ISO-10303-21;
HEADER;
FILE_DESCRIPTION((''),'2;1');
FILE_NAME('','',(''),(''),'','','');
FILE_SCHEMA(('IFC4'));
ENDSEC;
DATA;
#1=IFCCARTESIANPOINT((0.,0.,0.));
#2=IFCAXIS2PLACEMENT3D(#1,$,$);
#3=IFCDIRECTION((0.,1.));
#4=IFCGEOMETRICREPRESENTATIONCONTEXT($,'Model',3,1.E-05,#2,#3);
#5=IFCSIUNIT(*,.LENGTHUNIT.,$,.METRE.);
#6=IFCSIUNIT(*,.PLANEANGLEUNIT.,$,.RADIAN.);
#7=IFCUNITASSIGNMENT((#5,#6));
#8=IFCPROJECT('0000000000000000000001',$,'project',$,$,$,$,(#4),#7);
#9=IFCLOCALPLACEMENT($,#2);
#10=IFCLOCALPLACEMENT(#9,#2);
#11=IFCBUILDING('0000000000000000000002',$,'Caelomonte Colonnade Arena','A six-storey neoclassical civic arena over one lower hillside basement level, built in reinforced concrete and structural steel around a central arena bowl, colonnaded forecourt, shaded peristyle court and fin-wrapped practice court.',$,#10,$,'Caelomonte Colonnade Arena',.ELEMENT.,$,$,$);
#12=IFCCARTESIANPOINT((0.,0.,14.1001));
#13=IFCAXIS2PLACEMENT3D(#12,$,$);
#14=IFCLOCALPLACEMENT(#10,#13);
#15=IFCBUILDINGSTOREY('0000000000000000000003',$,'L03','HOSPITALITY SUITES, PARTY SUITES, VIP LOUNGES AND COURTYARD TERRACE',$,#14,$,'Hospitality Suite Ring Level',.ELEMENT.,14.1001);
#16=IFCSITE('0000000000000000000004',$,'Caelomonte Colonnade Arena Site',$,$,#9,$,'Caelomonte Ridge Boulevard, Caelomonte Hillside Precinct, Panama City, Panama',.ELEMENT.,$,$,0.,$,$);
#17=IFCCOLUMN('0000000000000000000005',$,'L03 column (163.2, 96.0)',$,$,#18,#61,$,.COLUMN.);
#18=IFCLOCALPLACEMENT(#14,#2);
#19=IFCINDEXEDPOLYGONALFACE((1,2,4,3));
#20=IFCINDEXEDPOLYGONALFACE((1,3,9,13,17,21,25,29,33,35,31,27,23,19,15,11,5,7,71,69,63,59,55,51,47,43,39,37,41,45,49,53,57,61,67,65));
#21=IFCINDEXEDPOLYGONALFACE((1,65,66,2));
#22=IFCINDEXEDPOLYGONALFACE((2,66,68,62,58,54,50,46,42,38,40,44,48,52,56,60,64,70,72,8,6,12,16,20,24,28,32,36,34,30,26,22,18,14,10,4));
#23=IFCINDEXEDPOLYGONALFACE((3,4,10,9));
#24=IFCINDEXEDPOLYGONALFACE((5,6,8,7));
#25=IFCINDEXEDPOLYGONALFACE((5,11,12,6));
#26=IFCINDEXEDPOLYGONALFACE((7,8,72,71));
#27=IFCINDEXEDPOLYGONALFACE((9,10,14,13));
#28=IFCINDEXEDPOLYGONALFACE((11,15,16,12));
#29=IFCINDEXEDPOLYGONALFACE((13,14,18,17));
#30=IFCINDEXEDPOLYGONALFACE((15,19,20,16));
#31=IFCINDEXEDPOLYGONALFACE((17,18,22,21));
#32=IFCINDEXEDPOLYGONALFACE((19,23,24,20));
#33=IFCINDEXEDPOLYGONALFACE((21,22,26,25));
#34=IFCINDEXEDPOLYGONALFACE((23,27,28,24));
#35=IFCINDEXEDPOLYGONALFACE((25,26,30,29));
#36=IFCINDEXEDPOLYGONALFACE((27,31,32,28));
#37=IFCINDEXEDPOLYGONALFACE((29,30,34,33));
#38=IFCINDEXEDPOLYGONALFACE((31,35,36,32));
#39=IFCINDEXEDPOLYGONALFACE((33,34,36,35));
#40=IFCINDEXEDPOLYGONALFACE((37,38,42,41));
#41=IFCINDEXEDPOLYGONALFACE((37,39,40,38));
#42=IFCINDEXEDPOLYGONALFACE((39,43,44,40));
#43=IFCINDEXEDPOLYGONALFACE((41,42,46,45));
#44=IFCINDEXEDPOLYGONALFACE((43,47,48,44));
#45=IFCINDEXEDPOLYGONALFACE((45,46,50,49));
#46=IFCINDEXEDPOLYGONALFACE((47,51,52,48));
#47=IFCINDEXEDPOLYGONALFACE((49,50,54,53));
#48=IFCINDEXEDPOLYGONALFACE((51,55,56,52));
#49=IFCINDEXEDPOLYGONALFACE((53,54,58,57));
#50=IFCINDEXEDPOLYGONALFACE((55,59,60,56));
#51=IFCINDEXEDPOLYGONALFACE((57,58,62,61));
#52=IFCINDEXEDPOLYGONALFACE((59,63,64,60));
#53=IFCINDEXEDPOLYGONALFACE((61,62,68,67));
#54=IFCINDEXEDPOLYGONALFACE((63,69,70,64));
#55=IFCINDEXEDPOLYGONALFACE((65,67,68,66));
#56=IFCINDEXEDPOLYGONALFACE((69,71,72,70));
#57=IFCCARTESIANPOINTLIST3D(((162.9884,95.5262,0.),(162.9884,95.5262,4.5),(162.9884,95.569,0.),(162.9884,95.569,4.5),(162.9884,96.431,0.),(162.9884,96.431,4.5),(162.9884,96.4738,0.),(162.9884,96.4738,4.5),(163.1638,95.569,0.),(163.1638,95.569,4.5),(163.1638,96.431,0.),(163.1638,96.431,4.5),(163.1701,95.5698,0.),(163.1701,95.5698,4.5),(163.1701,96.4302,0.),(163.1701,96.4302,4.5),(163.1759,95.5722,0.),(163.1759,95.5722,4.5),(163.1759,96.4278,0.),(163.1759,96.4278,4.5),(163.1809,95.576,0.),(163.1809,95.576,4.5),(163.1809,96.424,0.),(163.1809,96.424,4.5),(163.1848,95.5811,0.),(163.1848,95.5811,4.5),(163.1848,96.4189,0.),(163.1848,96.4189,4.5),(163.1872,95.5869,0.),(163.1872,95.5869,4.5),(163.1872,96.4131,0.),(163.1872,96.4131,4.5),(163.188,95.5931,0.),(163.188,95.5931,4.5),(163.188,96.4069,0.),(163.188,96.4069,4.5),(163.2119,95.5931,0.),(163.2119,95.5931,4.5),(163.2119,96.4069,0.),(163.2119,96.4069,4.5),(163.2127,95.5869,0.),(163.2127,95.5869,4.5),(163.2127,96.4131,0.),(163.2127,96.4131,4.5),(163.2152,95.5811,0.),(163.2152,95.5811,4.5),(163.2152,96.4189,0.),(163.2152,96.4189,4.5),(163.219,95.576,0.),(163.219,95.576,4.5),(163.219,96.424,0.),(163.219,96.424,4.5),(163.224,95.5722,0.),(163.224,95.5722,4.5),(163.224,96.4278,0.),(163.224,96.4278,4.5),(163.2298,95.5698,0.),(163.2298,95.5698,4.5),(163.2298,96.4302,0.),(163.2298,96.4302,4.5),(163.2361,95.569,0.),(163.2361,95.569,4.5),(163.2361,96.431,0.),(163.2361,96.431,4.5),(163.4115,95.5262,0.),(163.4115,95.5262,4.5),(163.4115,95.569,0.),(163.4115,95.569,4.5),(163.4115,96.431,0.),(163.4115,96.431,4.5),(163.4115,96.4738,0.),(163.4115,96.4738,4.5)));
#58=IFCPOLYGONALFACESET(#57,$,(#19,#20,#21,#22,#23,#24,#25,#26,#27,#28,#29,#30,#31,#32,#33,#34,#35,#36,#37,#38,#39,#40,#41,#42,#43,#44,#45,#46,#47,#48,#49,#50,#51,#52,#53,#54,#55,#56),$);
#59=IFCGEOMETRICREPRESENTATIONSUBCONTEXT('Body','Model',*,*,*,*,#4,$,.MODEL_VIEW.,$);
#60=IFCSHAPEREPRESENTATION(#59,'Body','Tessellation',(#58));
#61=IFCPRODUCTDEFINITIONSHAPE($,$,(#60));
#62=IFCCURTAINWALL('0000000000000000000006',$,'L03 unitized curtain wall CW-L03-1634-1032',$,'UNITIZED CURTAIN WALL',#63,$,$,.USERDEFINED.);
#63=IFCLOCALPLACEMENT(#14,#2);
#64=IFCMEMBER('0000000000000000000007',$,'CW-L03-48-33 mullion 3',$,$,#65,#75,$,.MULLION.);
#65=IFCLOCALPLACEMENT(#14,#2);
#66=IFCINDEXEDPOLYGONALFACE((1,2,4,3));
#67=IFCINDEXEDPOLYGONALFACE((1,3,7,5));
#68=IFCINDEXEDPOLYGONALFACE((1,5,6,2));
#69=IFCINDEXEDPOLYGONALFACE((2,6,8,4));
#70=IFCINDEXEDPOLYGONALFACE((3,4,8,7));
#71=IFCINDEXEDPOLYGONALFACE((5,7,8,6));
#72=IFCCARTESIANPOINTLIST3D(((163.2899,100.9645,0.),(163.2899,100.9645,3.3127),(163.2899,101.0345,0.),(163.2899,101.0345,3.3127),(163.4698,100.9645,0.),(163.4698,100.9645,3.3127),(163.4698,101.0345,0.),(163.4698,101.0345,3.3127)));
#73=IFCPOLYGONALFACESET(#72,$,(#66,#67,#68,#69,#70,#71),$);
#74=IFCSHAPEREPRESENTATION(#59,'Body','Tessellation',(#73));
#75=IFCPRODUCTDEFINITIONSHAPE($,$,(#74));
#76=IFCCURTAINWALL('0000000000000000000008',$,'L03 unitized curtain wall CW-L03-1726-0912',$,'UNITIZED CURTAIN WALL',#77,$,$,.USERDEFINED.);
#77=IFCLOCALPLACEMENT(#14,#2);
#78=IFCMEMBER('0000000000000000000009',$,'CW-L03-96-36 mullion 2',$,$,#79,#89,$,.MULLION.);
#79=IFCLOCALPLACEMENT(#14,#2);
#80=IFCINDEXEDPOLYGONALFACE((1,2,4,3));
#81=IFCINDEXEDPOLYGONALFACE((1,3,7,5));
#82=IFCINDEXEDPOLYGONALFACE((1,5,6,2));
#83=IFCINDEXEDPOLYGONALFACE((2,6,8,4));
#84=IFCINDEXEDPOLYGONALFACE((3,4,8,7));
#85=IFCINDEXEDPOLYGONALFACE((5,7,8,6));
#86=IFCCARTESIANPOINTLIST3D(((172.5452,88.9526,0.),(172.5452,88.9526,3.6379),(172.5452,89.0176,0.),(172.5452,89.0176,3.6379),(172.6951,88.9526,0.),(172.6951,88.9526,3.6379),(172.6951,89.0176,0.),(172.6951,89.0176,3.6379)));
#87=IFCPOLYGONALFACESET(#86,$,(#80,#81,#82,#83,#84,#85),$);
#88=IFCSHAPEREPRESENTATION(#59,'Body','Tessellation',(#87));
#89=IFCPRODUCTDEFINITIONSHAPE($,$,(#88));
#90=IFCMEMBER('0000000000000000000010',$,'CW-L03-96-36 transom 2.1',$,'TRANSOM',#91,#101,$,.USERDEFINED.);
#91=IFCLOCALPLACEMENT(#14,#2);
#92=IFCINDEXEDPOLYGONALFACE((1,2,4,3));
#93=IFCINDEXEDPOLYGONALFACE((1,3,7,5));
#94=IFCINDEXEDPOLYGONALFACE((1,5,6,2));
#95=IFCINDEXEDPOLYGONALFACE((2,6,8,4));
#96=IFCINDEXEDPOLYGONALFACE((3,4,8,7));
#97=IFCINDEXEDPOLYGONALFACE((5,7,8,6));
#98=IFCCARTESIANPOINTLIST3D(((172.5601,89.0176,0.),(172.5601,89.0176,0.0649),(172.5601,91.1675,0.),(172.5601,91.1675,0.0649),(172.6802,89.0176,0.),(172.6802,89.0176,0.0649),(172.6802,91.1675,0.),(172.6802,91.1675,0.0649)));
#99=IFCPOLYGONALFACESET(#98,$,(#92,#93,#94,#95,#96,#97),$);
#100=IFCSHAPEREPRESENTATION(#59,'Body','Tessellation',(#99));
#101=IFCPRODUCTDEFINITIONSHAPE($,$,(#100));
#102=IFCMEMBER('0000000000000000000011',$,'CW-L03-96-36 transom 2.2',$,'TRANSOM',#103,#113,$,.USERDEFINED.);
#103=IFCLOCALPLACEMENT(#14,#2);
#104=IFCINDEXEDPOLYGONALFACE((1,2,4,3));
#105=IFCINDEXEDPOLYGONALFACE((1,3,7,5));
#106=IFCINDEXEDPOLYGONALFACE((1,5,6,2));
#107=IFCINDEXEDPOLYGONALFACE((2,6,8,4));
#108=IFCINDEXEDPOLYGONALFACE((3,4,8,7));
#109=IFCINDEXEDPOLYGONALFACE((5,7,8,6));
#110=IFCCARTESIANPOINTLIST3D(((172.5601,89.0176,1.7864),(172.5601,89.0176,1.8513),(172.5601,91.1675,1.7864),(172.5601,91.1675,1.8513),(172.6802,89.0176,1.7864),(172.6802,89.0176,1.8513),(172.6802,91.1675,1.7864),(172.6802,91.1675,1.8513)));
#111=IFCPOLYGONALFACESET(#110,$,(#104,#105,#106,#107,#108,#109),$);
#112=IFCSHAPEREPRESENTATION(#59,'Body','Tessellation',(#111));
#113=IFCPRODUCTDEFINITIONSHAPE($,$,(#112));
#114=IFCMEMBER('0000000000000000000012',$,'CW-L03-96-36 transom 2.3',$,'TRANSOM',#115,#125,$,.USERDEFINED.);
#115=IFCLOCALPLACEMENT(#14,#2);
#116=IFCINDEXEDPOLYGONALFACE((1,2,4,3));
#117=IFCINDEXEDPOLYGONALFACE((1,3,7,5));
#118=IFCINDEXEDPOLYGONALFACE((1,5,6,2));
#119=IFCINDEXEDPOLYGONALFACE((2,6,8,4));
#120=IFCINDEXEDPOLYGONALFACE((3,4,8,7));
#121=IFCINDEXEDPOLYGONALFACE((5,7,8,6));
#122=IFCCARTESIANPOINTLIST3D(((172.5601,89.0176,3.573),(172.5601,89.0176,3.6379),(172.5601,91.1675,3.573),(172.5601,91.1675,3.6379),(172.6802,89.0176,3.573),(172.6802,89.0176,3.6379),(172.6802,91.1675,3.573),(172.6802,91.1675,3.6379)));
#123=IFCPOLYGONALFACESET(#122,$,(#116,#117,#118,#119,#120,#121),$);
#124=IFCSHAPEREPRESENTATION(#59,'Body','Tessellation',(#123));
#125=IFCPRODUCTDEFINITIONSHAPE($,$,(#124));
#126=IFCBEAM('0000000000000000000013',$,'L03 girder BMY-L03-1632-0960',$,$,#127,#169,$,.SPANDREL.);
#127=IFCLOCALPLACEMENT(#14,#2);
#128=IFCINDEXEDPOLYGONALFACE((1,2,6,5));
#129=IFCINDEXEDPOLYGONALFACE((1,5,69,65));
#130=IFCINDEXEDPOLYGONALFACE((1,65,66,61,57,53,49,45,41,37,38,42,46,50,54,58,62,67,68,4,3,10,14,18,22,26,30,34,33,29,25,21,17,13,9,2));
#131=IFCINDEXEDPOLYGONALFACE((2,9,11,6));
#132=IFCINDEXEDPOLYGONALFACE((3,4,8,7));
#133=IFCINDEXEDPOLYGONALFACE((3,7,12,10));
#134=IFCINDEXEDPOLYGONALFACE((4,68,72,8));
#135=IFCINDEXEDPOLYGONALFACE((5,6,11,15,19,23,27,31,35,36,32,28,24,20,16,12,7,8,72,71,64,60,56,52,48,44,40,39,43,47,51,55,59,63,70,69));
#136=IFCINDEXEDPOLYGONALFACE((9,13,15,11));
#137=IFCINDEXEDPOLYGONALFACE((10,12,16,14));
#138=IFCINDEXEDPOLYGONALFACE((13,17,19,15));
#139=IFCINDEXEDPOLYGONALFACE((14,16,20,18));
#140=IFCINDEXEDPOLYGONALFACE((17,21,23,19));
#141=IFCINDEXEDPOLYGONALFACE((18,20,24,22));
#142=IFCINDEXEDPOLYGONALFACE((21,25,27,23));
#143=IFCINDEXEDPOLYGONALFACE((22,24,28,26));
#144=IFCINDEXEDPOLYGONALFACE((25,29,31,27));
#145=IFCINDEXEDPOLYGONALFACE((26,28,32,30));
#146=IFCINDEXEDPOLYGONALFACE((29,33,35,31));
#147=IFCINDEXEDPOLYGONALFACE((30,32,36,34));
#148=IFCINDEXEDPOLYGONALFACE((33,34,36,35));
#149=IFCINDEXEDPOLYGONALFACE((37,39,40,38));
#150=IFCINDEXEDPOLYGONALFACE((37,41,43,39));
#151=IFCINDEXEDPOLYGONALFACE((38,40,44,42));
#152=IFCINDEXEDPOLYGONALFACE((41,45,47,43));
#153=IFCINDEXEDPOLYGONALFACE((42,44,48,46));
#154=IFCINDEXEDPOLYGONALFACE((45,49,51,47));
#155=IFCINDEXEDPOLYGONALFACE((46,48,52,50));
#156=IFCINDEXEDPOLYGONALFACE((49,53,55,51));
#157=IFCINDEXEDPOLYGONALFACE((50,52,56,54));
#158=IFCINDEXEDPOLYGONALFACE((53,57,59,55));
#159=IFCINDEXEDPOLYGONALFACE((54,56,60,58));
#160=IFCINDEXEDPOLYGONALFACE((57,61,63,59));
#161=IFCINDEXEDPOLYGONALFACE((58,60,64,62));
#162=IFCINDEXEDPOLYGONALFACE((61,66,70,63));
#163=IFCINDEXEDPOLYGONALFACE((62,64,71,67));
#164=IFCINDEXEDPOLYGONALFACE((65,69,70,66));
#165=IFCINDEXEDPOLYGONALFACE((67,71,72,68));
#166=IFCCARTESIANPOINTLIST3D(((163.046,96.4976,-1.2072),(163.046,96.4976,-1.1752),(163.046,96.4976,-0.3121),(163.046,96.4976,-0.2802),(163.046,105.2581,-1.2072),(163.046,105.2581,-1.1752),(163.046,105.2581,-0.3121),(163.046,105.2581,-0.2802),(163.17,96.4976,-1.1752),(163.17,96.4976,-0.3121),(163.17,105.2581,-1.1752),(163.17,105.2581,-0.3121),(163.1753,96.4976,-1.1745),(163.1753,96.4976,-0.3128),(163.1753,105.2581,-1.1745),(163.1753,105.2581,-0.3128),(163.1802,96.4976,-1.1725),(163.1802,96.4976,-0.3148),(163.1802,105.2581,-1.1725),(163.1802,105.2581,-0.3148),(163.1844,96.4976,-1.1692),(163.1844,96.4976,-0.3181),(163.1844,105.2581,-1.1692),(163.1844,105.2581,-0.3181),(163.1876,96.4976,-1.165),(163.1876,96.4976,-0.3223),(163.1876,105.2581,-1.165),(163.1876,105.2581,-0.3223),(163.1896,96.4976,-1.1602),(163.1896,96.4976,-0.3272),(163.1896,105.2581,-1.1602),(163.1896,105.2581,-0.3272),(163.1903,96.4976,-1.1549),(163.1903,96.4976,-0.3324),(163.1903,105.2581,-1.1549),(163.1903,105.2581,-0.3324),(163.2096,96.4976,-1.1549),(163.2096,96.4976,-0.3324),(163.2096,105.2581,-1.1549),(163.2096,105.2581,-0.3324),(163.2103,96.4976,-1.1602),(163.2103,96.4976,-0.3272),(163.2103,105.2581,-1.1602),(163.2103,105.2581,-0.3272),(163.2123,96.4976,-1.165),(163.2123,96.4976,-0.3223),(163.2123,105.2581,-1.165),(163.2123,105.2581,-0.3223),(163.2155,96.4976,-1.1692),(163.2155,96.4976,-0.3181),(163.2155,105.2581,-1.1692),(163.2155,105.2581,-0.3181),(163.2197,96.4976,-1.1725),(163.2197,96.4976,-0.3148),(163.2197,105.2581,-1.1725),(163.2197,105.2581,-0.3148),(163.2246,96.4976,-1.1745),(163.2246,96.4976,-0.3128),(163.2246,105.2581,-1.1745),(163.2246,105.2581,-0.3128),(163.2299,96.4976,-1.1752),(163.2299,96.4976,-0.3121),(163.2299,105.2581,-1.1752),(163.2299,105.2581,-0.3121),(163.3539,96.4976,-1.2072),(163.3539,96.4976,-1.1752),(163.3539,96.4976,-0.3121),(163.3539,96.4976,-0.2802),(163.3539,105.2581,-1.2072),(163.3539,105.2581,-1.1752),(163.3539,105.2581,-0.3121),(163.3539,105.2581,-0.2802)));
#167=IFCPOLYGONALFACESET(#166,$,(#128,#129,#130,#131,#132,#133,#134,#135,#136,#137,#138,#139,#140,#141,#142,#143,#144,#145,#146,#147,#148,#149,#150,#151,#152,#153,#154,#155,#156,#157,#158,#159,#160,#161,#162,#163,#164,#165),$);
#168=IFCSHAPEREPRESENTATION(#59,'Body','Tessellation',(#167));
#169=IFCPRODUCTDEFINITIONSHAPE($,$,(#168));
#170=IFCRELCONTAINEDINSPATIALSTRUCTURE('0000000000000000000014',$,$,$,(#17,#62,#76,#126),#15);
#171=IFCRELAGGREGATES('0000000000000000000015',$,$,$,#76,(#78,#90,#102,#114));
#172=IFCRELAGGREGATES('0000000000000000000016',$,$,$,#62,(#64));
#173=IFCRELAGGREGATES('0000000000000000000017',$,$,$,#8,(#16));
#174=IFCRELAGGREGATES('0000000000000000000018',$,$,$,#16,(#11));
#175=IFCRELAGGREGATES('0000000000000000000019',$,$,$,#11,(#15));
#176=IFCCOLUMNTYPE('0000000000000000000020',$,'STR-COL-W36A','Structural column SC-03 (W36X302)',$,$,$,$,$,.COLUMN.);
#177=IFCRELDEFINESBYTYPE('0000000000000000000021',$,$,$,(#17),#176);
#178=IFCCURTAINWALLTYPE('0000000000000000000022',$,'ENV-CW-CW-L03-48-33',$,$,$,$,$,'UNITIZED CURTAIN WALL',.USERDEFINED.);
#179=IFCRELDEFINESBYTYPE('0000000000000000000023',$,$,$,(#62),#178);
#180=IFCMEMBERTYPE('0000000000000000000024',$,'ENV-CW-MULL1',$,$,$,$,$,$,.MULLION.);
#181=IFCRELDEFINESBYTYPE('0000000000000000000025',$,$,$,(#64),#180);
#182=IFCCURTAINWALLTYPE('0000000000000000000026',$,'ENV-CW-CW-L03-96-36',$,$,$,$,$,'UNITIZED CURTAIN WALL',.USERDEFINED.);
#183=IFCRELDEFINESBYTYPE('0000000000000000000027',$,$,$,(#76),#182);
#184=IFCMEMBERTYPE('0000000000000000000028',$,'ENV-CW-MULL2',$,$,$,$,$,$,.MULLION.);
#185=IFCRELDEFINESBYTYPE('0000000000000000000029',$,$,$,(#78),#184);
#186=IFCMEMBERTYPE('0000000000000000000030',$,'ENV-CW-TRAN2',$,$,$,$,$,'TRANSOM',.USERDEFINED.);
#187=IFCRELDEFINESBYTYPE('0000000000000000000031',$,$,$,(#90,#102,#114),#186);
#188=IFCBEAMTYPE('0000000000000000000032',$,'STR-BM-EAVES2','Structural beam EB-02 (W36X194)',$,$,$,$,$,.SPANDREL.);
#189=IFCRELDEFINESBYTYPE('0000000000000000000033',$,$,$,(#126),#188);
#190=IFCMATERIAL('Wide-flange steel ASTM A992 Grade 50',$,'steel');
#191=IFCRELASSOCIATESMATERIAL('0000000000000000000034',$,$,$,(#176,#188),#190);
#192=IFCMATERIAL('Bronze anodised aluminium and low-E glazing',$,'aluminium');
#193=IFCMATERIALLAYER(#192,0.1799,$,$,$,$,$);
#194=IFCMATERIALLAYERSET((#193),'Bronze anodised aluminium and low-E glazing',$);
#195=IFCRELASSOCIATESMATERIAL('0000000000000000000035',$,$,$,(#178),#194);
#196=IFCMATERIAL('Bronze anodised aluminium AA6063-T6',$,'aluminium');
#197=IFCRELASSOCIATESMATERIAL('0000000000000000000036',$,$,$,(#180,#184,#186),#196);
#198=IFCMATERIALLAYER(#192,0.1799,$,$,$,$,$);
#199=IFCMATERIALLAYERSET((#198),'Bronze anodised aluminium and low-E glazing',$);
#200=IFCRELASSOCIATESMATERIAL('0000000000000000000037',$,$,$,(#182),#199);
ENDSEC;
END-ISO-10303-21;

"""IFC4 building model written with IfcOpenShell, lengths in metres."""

from ifc_helpers import new_model, si_unit, direction, frame, origin, origin_2d, place, context, subcontext, project, spatial, rectangle, i_section, extrude, material, layer, layer_set, material_profile, profile_set, type_object, element, aggregate, save


model = new_model("IFC4")

# Units and contexts
model_context = context("Model", 3, precision=1e-05, world=origin(), true_north=direction((0.0, 1.0)))
body_context = subcontext(model_context, "Body", "Model", "MODEL_VIEW")
ifc_project = project(units=[si_unit("LENGTHUNIT", "METRE"), si_unit("PLANEANGLEUNIT", "RADIAN")], contexts=[model_context])

# Site, building, storey
site_placement = place(None, origin())
site = spatial("IfcSite", under=ifc_project, at=site_placement, Name="Caelomonte Colonnade Arena Site", LongName="Caelomonte Ridge Boulevard, Caelomonte Hillside Precinct, Panama City, Panama", CompositionType="ELEMENT", RefElevation=0.0)
building_placement = place(site_placement, origin())
building = spatial("IfcBuilding", under=site, at=building_placement, Name="Caelomonte Colonnade Arena", Description="A six-storey neoclassical civic arena over one lower hillside basement level, built in reinforced concrete and structural steel around a central arena bowl, colonnaded forecourt, shaded peristyle court and fin-wrapped practice court.", LongName="Caelomonte Colonnade Arena", CompositionType="ELEMENT")
storey_placement = place(building_placement, frame((0.0, 0.0, 14.1001)))
storey = spatial("IfcBuildingStorey", under=building, at=storey_placement, Name="L03", Description="HOSPITALITY SUITES, PARTY SUITES, VIP LOUNGES AND COURTYARD TERRACE", LongName="Hospitality Suite Ring Level", CompositionType="ELEMENT", Elevation=14.1001)

# Column
ifc_material_1 = material(Name="Wide-flange steel ASTM A992 Grade 50", Category="steel")
ifc_material_profile_1 = material_profile(ifc_material_1, i_section(OverallWidth=0.4231, OverallDepth=0.9475, WebThickness=0.0239, FlangeThickness=0.0427, FilletRadius=0.0242, at=origin_2d()), Name="W36X302")
ifc_profile_set_1 = profile_set([ifc_material_profile_1], Name="Wide-flange steel ASTM A992 Grade 50")
column_type = type_object("IfcColumnType", Name="STR-COL-W36A", Description="Structural column SC-03 (W36X302)", PredefinedType="COLUMN", material=ifc_profile_set_1)
column_placement = place(storey_placement, frame((163.2, 96.0, 0.0), z_axis=(0.0, 0.0, 1.0), x_axis=(1.0, 0.0, 0.0)))
element("IfcColumn", 1, at=column_placement, inside=storey, type_object=column_type, Name="L03 column (163.2, 96.0)", PredefinedType="COLUMN", context=body_context, shape_type="SweptSolid", body=[
    extrude(i_section(OverallWidth=0.4231, OverallDepth=0.9475, WebThickness=0.0239, FlangeThickness=0.0427, FilletRadius=0.0242, at=origin_2d()), origin(), (0.0, 0.0, 1.0), 4.5),
])

# Curtain wall, member
ifc_material_2 = material(Name="Bronze anodised aluminium and low-E glazing", Category="aluminium")
ifc_layer_1 = layer(ifc_material_2, 0.1799)
ifc_layer_set_1 = layer_set([ifc_layer_1], Name="Bronze anodised aluminium and low-E glazing")
curtain_wall_type_1 = type_object("IfcCurtainWallType", Name="ENV-CW-CW-L03-48-33", ElementType="UNITIZED CURTAIN WALL", PredefinedType="USERDEFINED", material=ifc_layer_set_1)
curtain_wall_1_placement = place(storey_placement, origin())
curtain_wall_1 = element("IfcCurtainWall", 2, at=curtain_wall_1_placement, inside=storey, type_object=curtain_wall_type_1, Name="L03 unitized curtain wall CW-L03-1634-1032", ObjectType="UNITIZED CURTAIN WALL", PredefinedType="USERDEFINED")
ifc_material_3 = material(Name="Bronze anodised aluminium AA6063-T6", Category="aluminium")
ifc_material_profile_2 = material_profile(ifc_material_3, rectangle(XDim=0.0701, YDim=0.1799, at=origin_2d()), Name="CWM-70X180")
ifc_profile_set_2 = profile_set([ifc_material_profile_2], Name="Bronze anodised aluminium AA6063-T6")
member_type_1 = type_object("IfcMemberType", Name="ENV-CW-MULL1", PredefinedType="MULLION", material=ifc_profile_set_2)
member_1_placement = place(storey_placement, frame((163.3799, 100.9995, 0.0), z_axis=(0.0, 0.0, 1.0), x_axis=(0.0, -1.0, 0.0)))
member_1 = element("IfcMember", 3, at=member_1_placement, type_object=member_type_1, Name="CW-L03-48-33 mullion 3", PredefinedType="MULLION", context=body_context, shape_type="SweptSolid", body=[
    extrude(rectangle(XDim=0.0701, YDim=0.1799, at=origin_2d()), origin(), (0.0, 0.0, 1.0), 3.3127),
])

# Curtain wall, members
ifc_layer_2 = layer(ifc_material_2, 0.1799)
ifc_layer_set_2 = layer_set([ifc_layer_2], Name="Bronze anodised aluminium and low-E glazing")
curtain_wall_type_2 = type_object("IfcCurtainWallType", Name="ENV-CW-CW-L03-96-36", ElementType="UNITIZED CURTAIN WALL", PredefinedType="USERDEFINED", material=ifc_layer_set_2)
curtain_wall_2_placement = place(storey_placement, origin())
curtain_wall_2 = element("IfcCurtainWall", 4, at=curtain_wall_2_placement, inside=storey, type_object=curtain_wall_type_2, Name="L03 unitized curtain wall CW-L03-1726-0912", ObjectType="UNITIZED CURTAIN WALL", PredefinedType="USERDEFINED")
ifc_material_profile_3 = material_profile(ifc_material_3, rectangle(XDim=0.0649, YDim=0.1499, at=origin_2d()), Name="CWM-65X150")
ifc_profile_set_3 = profile_set([ifc_material_profile_3], Name="Bronze anodised aluminium AA6063-T6")
member_type_2 = type_object("IfcMemberType", Name="ENV-CW-MULL2", PredefinedType="MULLION", material=ifc_profile_set_3)
member_2_placement = place(storey_placement, frame((172.6201, 88.9851, 0.0), z_axis=(0.0, 0.0, 1.0), x_axis=(0.0, 1.0, 0.0)))
member_2 = element("IfcMember", 5, at=member_2_placement, type_object=member_type_2, Name="CW-L03-96-36 mullion 2", PredefinedType="MULLION", context=body_context, shape_type="SweptSolid", body=[
    extrude(rectangle(XDim=0.0649, YDim=0.1499, at=origin_2d()), origin(), (0.0, 0.0, 1.0), 3.6379),
])
ifc_material_profile_4 = material_profile(ifc_material_3, rectangle(XDim=0.0649, YDim=0.1201, at=origin_2d()), Name="CWT-65X120")
ifc_profile_set_4 = profile_set([ifc_material_profile_4], Name="Bronze anodised aluminium AA6063-T6")
member_type_3 = type_object("IfcMemberType", Name="ENV-CW-TRAN2", ElementType="TRANSOM", PredefinedType="USERDEFINED", material=ifc_profile_set_4)
member_3_placement = place(storey_placement, frame((172.6201, 89.0176, 0.0325), z_axis=(0.0, 1.0, 0.0), x_axis=(0.0, 0.0, 1.0)))
member_3 = element("IfcMember", 6, at=member_3_placement, type_object=member_type_3, Name="CW-L03-96-36 transom 2.1", ObjectType="TRANSOM", PredefinedType="USERDEFINED", context=body_context, shape_type="SweptSolid", body=[
    extrude(rectangle(XDim=0.0649, YDim=0.1201, at=origin_2d()), origin(), (0.0, 0.0, 1.0), 2.1499),
])
member_4_placement = place(storey_placement, frame((172.6201, 89.0176, 1.8188), z_axis=(0.0, 1.0, 0.0), x_axis=(0.0, 0.0, 1.0)))
member_4 = element("IfcMember", 7, at=member_4_placement, type_object=member_type_3, Name="CW-L03-96-36 transom 2.2", ObjectType="TRANSOM", PredefinedType="USERDEFINED", context=body_context, shape_type="SweptSolid", body=[
    extrude(rectangle(XDim=0.0649, YDim=0.1201, at=origin_2d()), origin(), (0.0, 0.0, 1.0), 2.1499),
])
member_5_placement = place(storey_placement, frame((172.6201, 89.0176, 3.6055), z_axis=(0.0, 1.0, 0.0), x_axis=(0.0, 0.0, 1.0)))
member_5 = element("IfcMember", 8, at=member_5_placement, type_object=member_type_3, Name="CW-L03-96-36 transom 2.3", ObjectType="TRANSOM", PredefinedType="USERDEFINED", context=body_context, shape_type="SweptSolid", body=[
    extrude(rectangle(XDim=0.0649, YDim=0.1201, at=origin_2d()), origin(), (0.0, 0.0, 1.0), 2.1499),
])

# Beam
ifc_material_profile_5 = material_profile(ifc_material_1, i_section(OverallWidth=0.3079, OverallDepth=0.927, WebThickness=0.0193, FlangeThickness=0.032, FilletRadius=0.0203, at=origin_2d()), Name="W36X194")
ifc_profile_set_5 = profile_set([ifc_material_profile_5], Name="Wide-flange steel ASTM A992 Grade 50")
beam_type_1 = type_object("IfcBeamType", Name="STR-BM-EAVES2", Description="Structural beam EB-02 (W36X194)", PredefinedType="SPANDREL", material=ifc_profile_set_5)
beam_1_placement = place(storey_placement, frame((163.2, 96.4976, -0.7437), z_axis=(0.0, 1.0, 0.0), x_axis=(-1.0, 0.0, 0.0)))
element("IfcBeam", 9, at=beam_1_placement, inside=storey, type_object=beam_type_1, Name="L03 girder BMY-L03-1632-0960", PredefinedType="SPANDREL", context=body_context, shape_type="SweptSolid", body=[
    extrude(i_section(OverallWidth=0.3079, OverallDepth=0.927, WebThickness=0.0193, FlangeThickness=0.032, FilletRadius=0.0203, at=origin_2d()), origin(), (0.0, 0.0, 1.0), 8.7605),
])

aggregate(curtain_wall_2, [member_2, member_3, member_4, member_5])
aggregate(curtain_wall_1, [member_1])

save(model, "model.ifc")
